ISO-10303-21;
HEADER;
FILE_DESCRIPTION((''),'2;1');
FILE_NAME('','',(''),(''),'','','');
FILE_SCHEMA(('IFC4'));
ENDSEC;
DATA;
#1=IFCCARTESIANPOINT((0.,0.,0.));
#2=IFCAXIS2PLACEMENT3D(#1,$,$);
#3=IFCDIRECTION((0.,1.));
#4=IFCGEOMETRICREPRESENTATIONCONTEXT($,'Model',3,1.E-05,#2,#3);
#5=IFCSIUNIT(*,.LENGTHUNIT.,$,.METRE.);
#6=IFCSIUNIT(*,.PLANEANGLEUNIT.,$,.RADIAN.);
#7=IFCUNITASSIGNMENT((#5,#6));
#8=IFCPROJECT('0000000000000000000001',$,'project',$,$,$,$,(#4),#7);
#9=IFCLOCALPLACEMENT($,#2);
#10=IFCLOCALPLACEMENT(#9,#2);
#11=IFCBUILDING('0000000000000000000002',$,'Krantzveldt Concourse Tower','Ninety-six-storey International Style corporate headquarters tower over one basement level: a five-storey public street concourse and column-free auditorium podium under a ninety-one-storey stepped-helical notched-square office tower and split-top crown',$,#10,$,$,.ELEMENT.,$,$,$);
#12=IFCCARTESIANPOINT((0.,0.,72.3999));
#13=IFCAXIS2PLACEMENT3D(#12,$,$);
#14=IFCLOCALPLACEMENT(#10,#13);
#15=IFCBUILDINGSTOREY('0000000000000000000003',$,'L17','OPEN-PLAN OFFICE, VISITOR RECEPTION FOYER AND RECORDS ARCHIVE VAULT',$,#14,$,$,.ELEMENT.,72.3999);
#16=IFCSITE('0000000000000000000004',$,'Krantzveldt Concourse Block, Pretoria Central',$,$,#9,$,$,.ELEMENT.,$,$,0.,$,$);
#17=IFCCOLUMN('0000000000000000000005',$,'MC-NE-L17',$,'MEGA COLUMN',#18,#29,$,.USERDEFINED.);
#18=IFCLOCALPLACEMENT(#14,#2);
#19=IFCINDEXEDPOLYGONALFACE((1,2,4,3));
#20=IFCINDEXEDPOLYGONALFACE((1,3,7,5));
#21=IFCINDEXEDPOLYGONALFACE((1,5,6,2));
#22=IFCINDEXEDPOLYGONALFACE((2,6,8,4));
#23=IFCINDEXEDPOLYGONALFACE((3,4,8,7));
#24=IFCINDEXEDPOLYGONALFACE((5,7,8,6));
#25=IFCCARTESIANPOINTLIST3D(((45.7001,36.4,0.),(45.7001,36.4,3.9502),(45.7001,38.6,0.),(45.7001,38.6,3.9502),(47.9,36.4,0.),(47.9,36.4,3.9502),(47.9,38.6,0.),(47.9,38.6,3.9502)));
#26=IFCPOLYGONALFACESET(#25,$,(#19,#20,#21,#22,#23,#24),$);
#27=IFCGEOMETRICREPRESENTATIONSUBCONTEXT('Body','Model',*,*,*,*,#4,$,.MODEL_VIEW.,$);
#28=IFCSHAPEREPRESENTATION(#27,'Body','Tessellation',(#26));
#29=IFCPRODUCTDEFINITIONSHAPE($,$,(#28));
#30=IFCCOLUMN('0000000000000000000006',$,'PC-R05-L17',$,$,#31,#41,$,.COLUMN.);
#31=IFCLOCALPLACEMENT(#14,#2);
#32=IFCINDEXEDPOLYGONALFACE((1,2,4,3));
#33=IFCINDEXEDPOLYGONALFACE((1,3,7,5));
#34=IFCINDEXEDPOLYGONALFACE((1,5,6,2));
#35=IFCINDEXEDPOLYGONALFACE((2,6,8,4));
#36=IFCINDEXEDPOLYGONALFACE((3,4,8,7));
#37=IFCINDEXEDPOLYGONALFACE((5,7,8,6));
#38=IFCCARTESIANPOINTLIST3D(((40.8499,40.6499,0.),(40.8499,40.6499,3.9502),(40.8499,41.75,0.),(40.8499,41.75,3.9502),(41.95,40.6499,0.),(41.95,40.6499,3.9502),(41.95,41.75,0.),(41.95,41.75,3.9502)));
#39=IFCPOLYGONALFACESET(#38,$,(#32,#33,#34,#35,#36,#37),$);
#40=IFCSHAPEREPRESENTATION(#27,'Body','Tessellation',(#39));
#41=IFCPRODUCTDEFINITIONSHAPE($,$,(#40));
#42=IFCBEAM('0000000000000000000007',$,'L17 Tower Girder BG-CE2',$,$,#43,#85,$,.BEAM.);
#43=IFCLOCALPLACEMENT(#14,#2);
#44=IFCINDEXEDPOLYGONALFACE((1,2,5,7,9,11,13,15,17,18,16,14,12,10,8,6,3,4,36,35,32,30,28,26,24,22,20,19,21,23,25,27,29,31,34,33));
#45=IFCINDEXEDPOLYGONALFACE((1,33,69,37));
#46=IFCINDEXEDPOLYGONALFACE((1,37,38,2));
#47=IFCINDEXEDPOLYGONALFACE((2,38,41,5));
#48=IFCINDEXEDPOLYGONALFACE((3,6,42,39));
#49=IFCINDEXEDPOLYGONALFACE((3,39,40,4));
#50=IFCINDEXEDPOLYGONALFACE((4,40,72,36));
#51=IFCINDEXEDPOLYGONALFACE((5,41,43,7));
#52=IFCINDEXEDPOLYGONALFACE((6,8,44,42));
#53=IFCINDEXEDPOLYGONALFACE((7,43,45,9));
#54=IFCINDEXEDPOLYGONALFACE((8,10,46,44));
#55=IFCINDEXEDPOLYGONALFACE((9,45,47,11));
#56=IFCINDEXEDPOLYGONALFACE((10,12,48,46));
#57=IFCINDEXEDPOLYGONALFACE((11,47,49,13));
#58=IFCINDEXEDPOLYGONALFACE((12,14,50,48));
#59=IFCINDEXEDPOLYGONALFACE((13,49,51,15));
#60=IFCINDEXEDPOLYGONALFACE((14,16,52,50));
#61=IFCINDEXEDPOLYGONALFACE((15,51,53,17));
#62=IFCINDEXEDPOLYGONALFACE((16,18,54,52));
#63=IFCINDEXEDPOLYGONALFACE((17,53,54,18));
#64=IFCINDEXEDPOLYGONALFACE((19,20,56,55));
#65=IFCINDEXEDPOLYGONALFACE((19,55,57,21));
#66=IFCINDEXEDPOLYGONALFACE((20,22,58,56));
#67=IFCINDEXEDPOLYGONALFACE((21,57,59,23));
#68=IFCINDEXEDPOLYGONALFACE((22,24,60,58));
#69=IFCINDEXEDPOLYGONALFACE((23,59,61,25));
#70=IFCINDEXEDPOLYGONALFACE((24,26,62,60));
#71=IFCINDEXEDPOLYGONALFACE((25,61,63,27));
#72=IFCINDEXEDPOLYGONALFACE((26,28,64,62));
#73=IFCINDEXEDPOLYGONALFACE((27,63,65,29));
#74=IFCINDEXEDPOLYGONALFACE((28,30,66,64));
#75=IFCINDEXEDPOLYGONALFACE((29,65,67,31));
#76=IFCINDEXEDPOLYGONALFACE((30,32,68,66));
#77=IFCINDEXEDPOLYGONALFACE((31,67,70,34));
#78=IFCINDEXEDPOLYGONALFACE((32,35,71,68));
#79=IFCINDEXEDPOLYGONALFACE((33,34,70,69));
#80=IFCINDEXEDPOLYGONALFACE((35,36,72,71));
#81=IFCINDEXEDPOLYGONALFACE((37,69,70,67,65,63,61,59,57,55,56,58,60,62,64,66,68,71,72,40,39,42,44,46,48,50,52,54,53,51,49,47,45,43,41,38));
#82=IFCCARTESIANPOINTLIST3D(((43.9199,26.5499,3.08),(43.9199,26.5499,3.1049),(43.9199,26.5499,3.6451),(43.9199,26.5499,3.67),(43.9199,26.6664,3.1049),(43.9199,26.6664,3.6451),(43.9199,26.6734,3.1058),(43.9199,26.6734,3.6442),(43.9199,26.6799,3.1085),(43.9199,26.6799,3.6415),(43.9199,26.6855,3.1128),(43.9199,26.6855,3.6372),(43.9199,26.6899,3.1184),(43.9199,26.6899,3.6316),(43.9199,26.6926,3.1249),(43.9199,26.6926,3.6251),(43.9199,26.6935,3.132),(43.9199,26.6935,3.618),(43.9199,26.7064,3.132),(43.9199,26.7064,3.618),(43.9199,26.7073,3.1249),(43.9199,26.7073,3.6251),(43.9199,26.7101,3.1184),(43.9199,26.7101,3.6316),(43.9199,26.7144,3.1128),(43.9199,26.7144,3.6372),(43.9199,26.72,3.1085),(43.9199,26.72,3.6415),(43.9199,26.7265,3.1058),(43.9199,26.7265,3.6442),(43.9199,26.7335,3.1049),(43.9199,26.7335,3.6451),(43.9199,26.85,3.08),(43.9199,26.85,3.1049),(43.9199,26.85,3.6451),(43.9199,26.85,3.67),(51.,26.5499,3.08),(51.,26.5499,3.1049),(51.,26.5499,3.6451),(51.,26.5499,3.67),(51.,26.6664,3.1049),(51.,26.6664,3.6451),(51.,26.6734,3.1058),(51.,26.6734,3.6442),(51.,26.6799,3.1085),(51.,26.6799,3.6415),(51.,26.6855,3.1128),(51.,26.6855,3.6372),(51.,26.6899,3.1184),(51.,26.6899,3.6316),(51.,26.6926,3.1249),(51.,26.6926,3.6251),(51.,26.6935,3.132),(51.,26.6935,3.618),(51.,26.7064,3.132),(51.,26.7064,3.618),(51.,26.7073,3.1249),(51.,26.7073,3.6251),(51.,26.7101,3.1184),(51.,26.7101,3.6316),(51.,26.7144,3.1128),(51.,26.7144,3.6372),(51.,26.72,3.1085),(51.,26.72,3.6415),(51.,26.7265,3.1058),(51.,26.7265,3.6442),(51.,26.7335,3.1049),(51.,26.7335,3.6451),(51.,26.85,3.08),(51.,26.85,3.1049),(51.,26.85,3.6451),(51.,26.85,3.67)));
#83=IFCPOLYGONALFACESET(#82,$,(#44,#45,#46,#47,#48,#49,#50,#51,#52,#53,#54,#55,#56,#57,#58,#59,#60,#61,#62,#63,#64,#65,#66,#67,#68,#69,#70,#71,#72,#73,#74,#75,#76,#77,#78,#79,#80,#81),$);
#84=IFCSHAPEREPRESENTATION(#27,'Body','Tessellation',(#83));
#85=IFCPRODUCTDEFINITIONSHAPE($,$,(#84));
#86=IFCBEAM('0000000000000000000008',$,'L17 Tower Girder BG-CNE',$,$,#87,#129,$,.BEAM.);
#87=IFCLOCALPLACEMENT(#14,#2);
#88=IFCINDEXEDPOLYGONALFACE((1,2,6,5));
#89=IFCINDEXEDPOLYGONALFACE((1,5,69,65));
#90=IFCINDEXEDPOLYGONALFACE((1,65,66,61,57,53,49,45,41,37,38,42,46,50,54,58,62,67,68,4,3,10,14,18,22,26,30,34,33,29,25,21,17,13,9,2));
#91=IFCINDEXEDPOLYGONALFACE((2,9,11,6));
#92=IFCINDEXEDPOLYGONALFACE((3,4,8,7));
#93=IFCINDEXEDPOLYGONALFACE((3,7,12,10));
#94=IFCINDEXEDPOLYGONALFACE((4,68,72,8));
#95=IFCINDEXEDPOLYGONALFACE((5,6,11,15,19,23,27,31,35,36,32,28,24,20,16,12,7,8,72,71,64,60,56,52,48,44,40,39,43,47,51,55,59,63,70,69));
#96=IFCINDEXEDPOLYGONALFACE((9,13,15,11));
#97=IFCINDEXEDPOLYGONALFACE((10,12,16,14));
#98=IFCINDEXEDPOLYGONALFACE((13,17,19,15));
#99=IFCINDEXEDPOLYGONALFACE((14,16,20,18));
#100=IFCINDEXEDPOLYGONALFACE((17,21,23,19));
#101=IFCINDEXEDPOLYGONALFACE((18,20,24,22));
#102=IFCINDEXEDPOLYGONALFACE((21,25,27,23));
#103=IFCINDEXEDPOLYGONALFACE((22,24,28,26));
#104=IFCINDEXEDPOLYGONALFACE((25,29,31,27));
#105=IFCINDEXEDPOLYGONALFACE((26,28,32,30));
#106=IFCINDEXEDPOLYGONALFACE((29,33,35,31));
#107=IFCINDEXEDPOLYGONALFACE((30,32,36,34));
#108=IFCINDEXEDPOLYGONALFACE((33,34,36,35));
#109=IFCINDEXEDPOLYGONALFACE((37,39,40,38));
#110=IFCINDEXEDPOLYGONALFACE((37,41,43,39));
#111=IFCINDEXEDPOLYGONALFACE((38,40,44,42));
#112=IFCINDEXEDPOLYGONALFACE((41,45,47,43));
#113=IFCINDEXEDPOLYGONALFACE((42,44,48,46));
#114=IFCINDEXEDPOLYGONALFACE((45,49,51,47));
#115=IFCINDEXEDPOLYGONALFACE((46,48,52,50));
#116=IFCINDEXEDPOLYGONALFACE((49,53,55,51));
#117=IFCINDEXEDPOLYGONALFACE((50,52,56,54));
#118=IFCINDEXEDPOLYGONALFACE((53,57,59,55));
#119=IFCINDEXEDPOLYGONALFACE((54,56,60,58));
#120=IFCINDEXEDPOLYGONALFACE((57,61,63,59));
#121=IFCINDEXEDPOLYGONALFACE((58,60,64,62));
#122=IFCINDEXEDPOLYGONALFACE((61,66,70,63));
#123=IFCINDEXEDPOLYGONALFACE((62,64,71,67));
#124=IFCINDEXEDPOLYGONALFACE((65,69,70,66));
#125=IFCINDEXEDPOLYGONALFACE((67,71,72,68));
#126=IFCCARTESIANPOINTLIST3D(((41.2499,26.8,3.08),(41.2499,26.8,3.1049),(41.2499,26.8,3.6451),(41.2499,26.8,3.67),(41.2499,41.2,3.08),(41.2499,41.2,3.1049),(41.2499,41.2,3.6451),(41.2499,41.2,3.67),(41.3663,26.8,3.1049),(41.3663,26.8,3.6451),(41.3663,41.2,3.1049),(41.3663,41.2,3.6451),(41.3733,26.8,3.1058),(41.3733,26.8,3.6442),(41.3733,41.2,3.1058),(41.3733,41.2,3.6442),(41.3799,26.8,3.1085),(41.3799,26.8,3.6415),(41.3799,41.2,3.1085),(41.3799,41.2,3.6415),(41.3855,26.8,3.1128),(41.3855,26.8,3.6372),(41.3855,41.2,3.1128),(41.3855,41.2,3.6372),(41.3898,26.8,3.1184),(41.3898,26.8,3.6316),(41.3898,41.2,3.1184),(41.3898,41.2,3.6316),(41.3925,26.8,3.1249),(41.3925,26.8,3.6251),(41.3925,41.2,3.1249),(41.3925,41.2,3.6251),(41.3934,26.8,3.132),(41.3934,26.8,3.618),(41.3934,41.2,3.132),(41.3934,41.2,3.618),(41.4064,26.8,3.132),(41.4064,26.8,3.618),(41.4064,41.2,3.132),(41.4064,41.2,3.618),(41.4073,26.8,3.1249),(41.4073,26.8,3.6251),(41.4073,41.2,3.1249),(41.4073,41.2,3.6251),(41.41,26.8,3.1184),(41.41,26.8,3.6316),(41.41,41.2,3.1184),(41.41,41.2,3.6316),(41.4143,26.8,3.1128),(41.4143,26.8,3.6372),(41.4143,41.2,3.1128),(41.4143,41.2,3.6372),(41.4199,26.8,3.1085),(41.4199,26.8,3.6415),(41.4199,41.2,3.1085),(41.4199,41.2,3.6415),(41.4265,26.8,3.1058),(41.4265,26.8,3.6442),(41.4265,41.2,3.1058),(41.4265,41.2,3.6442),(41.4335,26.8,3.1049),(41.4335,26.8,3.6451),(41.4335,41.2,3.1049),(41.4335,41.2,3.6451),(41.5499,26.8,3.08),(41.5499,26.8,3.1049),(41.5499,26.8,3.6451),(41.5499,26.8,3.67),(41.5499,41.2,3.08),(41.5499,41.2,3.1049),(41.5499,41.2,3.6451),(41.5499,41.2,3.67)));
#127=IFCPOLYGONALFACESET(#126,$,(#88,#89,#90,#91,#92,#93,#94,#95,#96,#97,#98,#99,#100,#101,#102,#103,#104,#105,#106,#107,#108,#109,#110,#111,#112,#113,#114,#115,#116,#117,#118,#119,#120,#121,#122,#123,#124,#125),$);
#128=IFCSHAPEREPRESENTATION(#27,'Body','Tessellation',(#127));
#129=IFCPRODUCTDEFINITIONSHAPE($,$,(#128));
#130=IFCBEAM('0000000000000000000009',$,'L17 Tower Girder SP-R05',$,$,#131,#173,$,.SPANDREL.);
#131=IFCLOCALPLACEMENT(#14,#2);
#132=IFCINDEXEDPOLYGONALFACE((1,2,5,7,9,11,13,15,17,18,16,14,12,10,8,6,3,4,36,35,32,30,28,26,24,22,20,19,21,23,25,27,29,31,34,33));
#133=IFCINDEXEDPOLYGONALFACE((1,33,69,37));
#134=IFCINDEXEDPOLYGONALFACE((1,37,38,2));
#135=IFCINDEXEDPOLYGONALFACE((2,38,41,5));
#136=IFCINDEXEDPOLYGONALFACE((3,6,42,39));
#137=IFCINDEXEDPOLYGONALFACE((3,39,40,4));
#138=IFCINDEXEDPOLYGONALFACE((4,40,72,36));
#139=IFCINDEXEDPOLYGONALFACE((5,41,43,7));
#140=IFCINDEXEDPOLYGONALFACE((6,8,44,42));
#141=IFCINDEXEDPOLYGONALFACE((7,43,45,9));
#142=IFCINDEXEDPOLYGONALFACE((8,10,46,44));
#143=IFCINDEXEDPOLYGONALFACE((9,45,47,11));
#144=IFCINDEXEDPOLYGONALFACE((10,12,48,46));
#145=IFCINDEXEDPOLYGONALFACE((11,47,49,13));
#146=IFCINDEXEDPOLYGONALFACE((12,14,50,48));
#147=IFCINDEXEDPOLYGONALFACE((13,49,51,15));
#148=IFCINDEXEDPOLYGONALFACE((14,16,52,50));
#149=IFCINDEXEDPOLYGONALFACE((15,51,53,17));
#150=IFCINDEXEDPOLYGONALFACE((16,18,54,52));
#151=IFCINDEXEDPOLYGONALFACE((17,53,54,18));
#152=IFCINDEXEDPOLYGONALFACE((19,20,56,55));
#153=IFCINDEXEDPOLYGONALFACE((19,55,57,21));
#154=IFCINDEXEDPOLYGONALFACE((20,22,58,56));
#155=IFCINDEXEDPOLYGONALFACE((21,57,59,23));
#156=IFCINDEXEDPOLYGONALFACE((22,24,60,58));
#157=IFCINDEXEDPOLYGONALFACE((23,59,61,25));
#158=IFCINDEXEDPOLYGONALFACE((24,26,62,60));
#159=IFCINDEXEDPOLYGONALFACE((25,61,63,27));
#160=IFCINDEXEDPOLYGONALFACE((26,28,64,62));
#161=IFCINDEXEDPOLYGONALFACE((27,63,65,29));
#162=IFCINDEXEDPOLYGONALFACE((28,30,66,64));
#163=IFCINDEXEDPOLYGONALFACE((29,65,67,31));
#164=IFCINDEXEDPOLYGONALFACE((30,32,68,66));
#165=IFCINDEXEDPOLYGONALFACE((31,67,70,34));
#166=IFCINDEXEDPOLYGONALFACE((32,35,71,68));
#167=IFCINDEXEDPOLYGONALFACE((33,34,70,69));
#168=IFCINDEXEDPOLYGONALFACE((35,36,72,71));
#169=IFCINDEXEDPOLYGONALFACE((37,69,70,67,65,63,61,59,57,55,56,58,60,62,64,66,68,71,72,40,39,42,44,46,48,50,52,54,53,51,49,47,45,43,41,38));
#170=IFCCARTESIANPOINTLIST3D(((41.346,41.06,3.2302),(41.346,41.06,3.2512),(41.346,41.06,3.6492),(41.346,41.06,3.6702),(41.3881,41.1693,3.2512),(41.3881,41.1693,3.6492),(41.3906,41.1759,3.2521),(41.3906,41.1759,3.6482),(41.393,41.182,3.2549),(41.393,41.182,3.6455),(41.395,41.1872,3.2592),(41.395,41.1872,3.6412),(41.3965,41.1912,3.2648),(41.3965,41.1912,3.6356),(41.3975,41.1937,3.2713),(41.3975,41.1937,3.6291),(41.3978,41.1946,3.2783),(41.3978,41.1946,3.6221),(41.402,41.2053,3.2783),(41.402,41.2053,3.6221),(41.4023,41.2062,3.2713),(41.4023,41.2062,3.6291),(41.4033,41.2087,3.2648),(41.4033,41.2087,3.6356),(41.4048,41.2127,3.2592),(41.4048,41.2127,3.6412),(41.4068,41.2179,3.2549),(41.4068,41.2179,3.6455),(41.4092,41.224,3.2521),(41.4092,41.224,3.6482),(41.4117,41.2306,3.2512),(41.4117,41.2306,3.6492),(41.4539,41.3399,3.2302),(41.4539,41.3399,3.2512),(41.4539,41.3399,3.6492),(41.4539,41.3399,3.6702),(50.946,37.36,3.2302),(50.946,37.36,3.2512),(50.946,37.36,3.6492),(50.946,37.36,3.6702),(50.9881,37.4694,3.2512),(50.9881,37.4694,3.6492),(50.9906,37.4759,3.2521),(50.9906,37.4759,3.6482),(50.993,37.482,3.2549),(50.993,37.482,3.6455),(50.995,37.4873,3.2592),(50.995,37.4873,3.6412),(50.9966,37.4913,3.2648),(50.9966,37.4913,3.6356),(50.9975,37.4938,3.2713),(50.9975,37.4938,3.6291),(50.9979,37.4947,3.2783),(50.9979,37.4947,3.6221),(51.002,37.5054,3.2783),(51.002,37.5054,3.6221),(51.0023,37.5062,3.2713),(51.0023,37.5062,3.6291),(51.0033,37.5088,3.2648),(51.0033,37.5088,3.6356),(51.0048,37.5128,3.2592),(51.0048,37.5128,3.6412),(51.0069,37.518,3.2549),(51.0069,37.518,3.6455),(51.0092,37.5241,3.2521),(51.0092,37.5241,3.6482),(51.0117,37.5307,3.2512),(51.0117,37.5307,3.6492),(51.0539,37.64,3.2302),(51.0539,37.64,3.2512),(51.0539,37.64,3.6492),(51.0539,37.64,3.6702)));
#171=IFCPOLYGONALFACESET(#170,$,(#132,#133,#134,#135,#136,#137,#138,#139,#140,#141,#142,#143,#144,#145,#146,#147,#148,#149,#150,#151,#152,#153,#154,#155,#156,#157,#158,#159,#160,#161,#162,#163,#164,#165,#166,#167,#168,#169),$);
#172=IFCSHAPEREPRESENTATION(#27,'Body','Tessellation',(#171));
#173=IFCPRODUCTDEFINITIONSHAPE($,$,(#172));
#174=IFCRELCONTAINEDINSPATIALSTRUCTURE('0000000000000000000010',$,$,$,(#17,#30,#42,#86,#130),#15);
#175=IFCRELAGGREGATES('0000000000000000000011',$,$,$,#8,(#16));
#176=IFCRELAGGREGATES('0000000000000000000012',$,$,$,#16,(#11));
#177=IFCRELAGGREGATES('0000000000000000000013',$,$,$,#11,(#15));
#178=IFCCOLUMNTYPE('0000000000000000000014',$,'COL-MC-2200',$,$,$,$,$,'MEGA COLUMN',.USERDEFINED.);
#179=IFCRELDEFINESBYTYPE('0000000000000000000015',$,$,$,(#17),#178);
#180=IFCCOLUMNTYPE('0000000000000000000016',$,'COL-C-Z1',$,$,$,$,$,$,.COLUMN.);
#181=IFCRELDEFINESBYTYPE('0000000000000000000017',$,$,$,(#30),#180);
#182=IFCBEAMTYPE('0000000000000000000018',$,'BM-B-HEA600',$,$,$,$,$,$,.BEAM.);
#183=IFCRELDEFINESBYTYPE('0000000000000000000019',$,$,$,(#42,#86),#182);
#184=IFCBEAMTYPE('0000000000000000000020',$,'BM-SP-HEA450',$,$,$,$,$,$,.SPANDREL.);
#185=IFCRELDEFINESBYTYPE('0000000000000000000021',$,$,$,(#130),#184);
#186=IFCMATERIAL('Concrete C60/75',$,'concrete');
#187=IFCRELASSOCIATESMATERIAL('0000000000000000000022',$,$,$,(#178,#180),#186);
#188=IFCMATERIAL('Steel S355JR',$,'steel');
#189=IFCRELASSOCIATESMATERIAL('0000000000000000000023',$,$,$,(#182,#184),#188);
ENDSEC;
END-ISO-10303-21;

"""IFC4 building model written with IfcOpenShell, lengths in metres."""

from ifc_helpers import new_model, si_unit, direction, frame, origin, origin_2d, place, context, subcontext, project, spatial, rectangle, i_section, extrude, source, transform, mapped, material, material_profile, profile_set, type_object, type_shapes, element, save


model = new_model("IFC4")

# Units and contexts
model_context = context("Model", 3, precision=1e-05, world=origin(), true_north=direction((0.0, 1.0)))
body_context = subcontext(model_context, "Body", "Model", "MODEL_VIEW")
ifc_project = project(units=[si_unit("LENGTHUNIT", "METRE"), si_unit("PLANEANGLEUNIT", "RADIAN")], contexts=[model_context])

# Site, building, storey
site_placement = place(None, origin())
site = spatial("IfcSite", under=ifc_project, at=site_placement, Name="Krantzveldt Concourse Block, Pretoria Central", CompositionType="ELEMENT", RefElevation=0.0)
building_placement = place(site_placement, origin())
building = spatial("IfcBuilding", under=site, at=building_placement, Name="Krantzveldt Concourse Tower", Description="Ninety-six-storey International Style corporate headquarters tower over one basement level: a five-storey public street concourse and column-free auditorium podium under a ninety-one-storey stepped-helical notched-square office tower and split-top crown", CompositionType="ELEMENT")
storey_placement = place(building_placement, frame((0.0, 0.0, 72.3999)))
storey = spatial("IfcBuildingStorey", under=building, at=storey_placement, Name="L17", Description="OPEN-PLAN OFFICE, VISITOR RECEPTION FOYER AND RECORDS ARCHIVE VAULT", CompositionType="ELEMENT", Elevation=72.3999)

# Columns
ifc_material_1 = material(Name="Concrete C60/75", Category="concrete")
ifc_material_profile_1 = material_profile(ifc_material_1, rectangle(XDim=2.2, YDim=2.2, at=origin_2d()), Name="Concrete C60/75", Category="concrete")
ifc_profile_set_1 = profile_set([ifc_material_profile_1], Name="Concrete C60/75 - RC 2200x2200")
column_type_1 = type_object("IfcColumnType", Name="COL-MC-2200", ElementType="MEGA COLUMN", PredefinedType="USERDEFINED", material=ifc_profile_set_1)
shared_shape_1 = source(origin(), body_context, "Body", "SweptSolid", [
    extrude(rectangle(XDim=2.2, YDim=2.2, at=origin_2d()), origin(), (0.0, 0.0, 1.0), 3.9502),
])
type_shapes(column_type_1, [shared_shape_1])
column_1_placement = place(storey_placement, frame((46.8, 37.5, 0.0), z_axis=(0.0, 0.0, 1.0), x_axis=(1.0, 0.0, 0.0)))
element("IfcColumn", 1, at=column_1_placement, inside=storey, type_object=column_type_1, Name="MC-NE-L17", ObjectType="MEGA COLUMN", PredefinedType="USERDEFINED", context=body_context, shape_type="MappedRepresentation", body=[
    mapped(shared_shape_1, transform((0.0, 0.0, 0.0), x_axis=(1.0, 0.0, 0.0), y_axis=(0.0, 1.0, 0.0), z_axis=(0.0, 0.0, 1.0), scale=1.0)),
])
ifc_material_profile_2 = material_profile(ifc_material_1, rectangle(XDim=1.1001, YDim=1.1001, at=origin_2d()), Name="Concrete C60/75", Category="concrete")
ifc_profile_set_2 = profile_set([ifc_material_profile_2], Name="Concrete C60/75 - RC 1100x1100")
column_type_2 = type_object("IfcColumnType", Name="COL-C-Z1", PredefinedType="COLUMN", material=ifc_profile_set_2)
shared_shape_2 = source(origin(), body_context, "Body", "SweptSolid", [
    extrude(rectangle(XDim=1.1001, YDim=1.1001, at=origin_2d()), origin(), (0.0, 0.0, 1.0), 3.9502),
])
type_shapes(column_type_2, [shared_shape_2])
column_2_placement = place(storey_placement, frame((41.3999, 41.2, 0.0), z_axis=(0.0, 0.0, 1.0), x_axis=(1.0, 0.0, 0.0)))
element("IfcColumn", 2, at=column_2_placement, inside=storey, type_object=column_type_2, Name="PC-R05-L17", PredefinedType="COLUMN", context=body_context, shape_type="MappedRepresentation", body=[
    mapped(shared_shape_2, transform((0.0, 0.0, 0.0), x_axis=(1.0, 0.0, 0.0), y_axis=(0.0, 1.0, 0.0), z_axis=(0.0, 0.0, 1.0), scale=1.0)),
])

# Beams
ifc_material_2 = material(Name="Steel S355JR", Category="steel")
ifc_material_profile_3 = material_profile(ifc_material_2, i_section(OverallWidth=0.3, OverallDepth=0.5901, WebThickness=0.0129, FlangeThickness=0.0249, FilletRadius=0.0271, at=origin_2d()), Name="Steel S355JR", Category="steel")
ifc_profile_set_3 = profile_set([ifc_material_profile_3], Name="Steel S355JR - HEA 600")
beam_type_1 = type_object("IfcBeamType", Name="BM-B-HEA600", PredefinedType="BEAM", material=ifc_profile_set_3)
shared_shape_3 = source(origin(), body_context, "Body", "SweptSolid", [
    extrude(i_section(OverallWidth=0.3, OverallDepth=0.5901, WebThickness=0.0129, FlangeThickness=0.0249, FilletRadius=0.0271, at=origin_2d()), origin(), (0.0, 0.0, 1.0), 7.0801),
])
beam_1_placement = place(storey_placement, frame((43.9199, 26.7, 3.375), z_axis=(1.0, 0.0, 0.0), x_axis=(0.0, 1.0, 0.0)))
element("IfcBeam", 3, at=beam_1_placement, inside=storey, type_object=beam_type_1, Name="L17 Tower Girder BG-CE2", PredefinedType="BEAM", context=body_context, shape_type="MappedRepresentation", body=[
    mapped(shared_shape_3, transform((0.0, 0.0, 0.0), x_axis=(1.0, 0.0, 0.0), y_axis=(0.0, 1.0, 0.0), z_axis=(0.0, 0.0, 1.0), scale=1.0)),
])
shared_shape_4 = source(origin(), body_context, "Body", "SweptSolid", [
    extrude(i_section(OverallWidth=0.3, OverallDepth=0.5901, WebThickness=0.0129, FlangeThickness=0.0249, FilletRadius=0.0271, at=origin_2d()), origin(), (0.0, 0.0, 1.0), 14.3999),
])
beam_2_placement = place(storey_placement, frame((41.3999, 26.8, 3.375), z_axis=(0.0, 1.0, 0.0), x_axis=(-1.0, 0.0, 0.0)))
element("IfcBeam", 4, at=beam_2_placement, inside=storey, type_object=beam_type_1, Name="L17 Tower Girder BG-CNE", PredefinedType="BEAM", context=body_context, shape_type="MappedRepresentation", body=[
    mapped(shared_shape_4, transform((0.0, 0.0, 0.0), x_axis=(1.0, 0.0, 0.0), y_axis=(0.0, 1.0, 0.0), z_axis=(0.0, 0.0, 1.0), scale=1.0)),
])
ifc_material_profile_4 = material_profile(ifc_material_2, i_section(OverallWidth=0.3, OverallDepth=0.4399, WebThickness=0.0115, FlangeThickness=0.021, FilletRadius=0.0271, at=origin_2d()), Name="Steel S355JR", Category="steel")
ifc_profile_set_4 = profile_set([ifc_material_profile_4], Name="Steel S355JR - HEA 450")
beam_type_2 = type_object("IfcBeamType", Name="BM-SP-HEA450", PredefinedType="SPANDREL", material=ifc_profile_set_4)
shared_shape_5 = source(origin(), body_context, "Body", "SweptSolid", [
    extrude(i_section(OverallWidth=0.3, OverallDepth=0.4399, WebThickness=0.0115, FlangeThickness=0.021, FilletRadius=0.0271, at=origin_2d()), origin(), (0.0, 0.0, 1.0), 10.2883),
])
type_shapes(beam_type_2, [shared_shape_5])
beam_3_placement = place(storey_placement, frame((41.3999, 41.2, 3.4502), z_axis=(0.933098, -0.359623, 0.0), x_axis=(0.359623, 0.933098, 0.0)))
element("IfcBeam", 5, at=beam_3_placement, inside=storey, type_object=beam_type_2, Name="L17 Tower Girder SP-R05", PredefinedType="SPANDREL", context=body_context, shape_type="MappedRepresentation", body=[
    mapped(shared_shape_5, transform((0.0, 0.0, 0.0), x_axis=(1.0, 0.0, 0.0), y_axis=(0.0, 1.0, 0.0), z_axis=(0.0, 0.0, 1.0), scale=1.0)),
])

save(model, "model.ifc")
